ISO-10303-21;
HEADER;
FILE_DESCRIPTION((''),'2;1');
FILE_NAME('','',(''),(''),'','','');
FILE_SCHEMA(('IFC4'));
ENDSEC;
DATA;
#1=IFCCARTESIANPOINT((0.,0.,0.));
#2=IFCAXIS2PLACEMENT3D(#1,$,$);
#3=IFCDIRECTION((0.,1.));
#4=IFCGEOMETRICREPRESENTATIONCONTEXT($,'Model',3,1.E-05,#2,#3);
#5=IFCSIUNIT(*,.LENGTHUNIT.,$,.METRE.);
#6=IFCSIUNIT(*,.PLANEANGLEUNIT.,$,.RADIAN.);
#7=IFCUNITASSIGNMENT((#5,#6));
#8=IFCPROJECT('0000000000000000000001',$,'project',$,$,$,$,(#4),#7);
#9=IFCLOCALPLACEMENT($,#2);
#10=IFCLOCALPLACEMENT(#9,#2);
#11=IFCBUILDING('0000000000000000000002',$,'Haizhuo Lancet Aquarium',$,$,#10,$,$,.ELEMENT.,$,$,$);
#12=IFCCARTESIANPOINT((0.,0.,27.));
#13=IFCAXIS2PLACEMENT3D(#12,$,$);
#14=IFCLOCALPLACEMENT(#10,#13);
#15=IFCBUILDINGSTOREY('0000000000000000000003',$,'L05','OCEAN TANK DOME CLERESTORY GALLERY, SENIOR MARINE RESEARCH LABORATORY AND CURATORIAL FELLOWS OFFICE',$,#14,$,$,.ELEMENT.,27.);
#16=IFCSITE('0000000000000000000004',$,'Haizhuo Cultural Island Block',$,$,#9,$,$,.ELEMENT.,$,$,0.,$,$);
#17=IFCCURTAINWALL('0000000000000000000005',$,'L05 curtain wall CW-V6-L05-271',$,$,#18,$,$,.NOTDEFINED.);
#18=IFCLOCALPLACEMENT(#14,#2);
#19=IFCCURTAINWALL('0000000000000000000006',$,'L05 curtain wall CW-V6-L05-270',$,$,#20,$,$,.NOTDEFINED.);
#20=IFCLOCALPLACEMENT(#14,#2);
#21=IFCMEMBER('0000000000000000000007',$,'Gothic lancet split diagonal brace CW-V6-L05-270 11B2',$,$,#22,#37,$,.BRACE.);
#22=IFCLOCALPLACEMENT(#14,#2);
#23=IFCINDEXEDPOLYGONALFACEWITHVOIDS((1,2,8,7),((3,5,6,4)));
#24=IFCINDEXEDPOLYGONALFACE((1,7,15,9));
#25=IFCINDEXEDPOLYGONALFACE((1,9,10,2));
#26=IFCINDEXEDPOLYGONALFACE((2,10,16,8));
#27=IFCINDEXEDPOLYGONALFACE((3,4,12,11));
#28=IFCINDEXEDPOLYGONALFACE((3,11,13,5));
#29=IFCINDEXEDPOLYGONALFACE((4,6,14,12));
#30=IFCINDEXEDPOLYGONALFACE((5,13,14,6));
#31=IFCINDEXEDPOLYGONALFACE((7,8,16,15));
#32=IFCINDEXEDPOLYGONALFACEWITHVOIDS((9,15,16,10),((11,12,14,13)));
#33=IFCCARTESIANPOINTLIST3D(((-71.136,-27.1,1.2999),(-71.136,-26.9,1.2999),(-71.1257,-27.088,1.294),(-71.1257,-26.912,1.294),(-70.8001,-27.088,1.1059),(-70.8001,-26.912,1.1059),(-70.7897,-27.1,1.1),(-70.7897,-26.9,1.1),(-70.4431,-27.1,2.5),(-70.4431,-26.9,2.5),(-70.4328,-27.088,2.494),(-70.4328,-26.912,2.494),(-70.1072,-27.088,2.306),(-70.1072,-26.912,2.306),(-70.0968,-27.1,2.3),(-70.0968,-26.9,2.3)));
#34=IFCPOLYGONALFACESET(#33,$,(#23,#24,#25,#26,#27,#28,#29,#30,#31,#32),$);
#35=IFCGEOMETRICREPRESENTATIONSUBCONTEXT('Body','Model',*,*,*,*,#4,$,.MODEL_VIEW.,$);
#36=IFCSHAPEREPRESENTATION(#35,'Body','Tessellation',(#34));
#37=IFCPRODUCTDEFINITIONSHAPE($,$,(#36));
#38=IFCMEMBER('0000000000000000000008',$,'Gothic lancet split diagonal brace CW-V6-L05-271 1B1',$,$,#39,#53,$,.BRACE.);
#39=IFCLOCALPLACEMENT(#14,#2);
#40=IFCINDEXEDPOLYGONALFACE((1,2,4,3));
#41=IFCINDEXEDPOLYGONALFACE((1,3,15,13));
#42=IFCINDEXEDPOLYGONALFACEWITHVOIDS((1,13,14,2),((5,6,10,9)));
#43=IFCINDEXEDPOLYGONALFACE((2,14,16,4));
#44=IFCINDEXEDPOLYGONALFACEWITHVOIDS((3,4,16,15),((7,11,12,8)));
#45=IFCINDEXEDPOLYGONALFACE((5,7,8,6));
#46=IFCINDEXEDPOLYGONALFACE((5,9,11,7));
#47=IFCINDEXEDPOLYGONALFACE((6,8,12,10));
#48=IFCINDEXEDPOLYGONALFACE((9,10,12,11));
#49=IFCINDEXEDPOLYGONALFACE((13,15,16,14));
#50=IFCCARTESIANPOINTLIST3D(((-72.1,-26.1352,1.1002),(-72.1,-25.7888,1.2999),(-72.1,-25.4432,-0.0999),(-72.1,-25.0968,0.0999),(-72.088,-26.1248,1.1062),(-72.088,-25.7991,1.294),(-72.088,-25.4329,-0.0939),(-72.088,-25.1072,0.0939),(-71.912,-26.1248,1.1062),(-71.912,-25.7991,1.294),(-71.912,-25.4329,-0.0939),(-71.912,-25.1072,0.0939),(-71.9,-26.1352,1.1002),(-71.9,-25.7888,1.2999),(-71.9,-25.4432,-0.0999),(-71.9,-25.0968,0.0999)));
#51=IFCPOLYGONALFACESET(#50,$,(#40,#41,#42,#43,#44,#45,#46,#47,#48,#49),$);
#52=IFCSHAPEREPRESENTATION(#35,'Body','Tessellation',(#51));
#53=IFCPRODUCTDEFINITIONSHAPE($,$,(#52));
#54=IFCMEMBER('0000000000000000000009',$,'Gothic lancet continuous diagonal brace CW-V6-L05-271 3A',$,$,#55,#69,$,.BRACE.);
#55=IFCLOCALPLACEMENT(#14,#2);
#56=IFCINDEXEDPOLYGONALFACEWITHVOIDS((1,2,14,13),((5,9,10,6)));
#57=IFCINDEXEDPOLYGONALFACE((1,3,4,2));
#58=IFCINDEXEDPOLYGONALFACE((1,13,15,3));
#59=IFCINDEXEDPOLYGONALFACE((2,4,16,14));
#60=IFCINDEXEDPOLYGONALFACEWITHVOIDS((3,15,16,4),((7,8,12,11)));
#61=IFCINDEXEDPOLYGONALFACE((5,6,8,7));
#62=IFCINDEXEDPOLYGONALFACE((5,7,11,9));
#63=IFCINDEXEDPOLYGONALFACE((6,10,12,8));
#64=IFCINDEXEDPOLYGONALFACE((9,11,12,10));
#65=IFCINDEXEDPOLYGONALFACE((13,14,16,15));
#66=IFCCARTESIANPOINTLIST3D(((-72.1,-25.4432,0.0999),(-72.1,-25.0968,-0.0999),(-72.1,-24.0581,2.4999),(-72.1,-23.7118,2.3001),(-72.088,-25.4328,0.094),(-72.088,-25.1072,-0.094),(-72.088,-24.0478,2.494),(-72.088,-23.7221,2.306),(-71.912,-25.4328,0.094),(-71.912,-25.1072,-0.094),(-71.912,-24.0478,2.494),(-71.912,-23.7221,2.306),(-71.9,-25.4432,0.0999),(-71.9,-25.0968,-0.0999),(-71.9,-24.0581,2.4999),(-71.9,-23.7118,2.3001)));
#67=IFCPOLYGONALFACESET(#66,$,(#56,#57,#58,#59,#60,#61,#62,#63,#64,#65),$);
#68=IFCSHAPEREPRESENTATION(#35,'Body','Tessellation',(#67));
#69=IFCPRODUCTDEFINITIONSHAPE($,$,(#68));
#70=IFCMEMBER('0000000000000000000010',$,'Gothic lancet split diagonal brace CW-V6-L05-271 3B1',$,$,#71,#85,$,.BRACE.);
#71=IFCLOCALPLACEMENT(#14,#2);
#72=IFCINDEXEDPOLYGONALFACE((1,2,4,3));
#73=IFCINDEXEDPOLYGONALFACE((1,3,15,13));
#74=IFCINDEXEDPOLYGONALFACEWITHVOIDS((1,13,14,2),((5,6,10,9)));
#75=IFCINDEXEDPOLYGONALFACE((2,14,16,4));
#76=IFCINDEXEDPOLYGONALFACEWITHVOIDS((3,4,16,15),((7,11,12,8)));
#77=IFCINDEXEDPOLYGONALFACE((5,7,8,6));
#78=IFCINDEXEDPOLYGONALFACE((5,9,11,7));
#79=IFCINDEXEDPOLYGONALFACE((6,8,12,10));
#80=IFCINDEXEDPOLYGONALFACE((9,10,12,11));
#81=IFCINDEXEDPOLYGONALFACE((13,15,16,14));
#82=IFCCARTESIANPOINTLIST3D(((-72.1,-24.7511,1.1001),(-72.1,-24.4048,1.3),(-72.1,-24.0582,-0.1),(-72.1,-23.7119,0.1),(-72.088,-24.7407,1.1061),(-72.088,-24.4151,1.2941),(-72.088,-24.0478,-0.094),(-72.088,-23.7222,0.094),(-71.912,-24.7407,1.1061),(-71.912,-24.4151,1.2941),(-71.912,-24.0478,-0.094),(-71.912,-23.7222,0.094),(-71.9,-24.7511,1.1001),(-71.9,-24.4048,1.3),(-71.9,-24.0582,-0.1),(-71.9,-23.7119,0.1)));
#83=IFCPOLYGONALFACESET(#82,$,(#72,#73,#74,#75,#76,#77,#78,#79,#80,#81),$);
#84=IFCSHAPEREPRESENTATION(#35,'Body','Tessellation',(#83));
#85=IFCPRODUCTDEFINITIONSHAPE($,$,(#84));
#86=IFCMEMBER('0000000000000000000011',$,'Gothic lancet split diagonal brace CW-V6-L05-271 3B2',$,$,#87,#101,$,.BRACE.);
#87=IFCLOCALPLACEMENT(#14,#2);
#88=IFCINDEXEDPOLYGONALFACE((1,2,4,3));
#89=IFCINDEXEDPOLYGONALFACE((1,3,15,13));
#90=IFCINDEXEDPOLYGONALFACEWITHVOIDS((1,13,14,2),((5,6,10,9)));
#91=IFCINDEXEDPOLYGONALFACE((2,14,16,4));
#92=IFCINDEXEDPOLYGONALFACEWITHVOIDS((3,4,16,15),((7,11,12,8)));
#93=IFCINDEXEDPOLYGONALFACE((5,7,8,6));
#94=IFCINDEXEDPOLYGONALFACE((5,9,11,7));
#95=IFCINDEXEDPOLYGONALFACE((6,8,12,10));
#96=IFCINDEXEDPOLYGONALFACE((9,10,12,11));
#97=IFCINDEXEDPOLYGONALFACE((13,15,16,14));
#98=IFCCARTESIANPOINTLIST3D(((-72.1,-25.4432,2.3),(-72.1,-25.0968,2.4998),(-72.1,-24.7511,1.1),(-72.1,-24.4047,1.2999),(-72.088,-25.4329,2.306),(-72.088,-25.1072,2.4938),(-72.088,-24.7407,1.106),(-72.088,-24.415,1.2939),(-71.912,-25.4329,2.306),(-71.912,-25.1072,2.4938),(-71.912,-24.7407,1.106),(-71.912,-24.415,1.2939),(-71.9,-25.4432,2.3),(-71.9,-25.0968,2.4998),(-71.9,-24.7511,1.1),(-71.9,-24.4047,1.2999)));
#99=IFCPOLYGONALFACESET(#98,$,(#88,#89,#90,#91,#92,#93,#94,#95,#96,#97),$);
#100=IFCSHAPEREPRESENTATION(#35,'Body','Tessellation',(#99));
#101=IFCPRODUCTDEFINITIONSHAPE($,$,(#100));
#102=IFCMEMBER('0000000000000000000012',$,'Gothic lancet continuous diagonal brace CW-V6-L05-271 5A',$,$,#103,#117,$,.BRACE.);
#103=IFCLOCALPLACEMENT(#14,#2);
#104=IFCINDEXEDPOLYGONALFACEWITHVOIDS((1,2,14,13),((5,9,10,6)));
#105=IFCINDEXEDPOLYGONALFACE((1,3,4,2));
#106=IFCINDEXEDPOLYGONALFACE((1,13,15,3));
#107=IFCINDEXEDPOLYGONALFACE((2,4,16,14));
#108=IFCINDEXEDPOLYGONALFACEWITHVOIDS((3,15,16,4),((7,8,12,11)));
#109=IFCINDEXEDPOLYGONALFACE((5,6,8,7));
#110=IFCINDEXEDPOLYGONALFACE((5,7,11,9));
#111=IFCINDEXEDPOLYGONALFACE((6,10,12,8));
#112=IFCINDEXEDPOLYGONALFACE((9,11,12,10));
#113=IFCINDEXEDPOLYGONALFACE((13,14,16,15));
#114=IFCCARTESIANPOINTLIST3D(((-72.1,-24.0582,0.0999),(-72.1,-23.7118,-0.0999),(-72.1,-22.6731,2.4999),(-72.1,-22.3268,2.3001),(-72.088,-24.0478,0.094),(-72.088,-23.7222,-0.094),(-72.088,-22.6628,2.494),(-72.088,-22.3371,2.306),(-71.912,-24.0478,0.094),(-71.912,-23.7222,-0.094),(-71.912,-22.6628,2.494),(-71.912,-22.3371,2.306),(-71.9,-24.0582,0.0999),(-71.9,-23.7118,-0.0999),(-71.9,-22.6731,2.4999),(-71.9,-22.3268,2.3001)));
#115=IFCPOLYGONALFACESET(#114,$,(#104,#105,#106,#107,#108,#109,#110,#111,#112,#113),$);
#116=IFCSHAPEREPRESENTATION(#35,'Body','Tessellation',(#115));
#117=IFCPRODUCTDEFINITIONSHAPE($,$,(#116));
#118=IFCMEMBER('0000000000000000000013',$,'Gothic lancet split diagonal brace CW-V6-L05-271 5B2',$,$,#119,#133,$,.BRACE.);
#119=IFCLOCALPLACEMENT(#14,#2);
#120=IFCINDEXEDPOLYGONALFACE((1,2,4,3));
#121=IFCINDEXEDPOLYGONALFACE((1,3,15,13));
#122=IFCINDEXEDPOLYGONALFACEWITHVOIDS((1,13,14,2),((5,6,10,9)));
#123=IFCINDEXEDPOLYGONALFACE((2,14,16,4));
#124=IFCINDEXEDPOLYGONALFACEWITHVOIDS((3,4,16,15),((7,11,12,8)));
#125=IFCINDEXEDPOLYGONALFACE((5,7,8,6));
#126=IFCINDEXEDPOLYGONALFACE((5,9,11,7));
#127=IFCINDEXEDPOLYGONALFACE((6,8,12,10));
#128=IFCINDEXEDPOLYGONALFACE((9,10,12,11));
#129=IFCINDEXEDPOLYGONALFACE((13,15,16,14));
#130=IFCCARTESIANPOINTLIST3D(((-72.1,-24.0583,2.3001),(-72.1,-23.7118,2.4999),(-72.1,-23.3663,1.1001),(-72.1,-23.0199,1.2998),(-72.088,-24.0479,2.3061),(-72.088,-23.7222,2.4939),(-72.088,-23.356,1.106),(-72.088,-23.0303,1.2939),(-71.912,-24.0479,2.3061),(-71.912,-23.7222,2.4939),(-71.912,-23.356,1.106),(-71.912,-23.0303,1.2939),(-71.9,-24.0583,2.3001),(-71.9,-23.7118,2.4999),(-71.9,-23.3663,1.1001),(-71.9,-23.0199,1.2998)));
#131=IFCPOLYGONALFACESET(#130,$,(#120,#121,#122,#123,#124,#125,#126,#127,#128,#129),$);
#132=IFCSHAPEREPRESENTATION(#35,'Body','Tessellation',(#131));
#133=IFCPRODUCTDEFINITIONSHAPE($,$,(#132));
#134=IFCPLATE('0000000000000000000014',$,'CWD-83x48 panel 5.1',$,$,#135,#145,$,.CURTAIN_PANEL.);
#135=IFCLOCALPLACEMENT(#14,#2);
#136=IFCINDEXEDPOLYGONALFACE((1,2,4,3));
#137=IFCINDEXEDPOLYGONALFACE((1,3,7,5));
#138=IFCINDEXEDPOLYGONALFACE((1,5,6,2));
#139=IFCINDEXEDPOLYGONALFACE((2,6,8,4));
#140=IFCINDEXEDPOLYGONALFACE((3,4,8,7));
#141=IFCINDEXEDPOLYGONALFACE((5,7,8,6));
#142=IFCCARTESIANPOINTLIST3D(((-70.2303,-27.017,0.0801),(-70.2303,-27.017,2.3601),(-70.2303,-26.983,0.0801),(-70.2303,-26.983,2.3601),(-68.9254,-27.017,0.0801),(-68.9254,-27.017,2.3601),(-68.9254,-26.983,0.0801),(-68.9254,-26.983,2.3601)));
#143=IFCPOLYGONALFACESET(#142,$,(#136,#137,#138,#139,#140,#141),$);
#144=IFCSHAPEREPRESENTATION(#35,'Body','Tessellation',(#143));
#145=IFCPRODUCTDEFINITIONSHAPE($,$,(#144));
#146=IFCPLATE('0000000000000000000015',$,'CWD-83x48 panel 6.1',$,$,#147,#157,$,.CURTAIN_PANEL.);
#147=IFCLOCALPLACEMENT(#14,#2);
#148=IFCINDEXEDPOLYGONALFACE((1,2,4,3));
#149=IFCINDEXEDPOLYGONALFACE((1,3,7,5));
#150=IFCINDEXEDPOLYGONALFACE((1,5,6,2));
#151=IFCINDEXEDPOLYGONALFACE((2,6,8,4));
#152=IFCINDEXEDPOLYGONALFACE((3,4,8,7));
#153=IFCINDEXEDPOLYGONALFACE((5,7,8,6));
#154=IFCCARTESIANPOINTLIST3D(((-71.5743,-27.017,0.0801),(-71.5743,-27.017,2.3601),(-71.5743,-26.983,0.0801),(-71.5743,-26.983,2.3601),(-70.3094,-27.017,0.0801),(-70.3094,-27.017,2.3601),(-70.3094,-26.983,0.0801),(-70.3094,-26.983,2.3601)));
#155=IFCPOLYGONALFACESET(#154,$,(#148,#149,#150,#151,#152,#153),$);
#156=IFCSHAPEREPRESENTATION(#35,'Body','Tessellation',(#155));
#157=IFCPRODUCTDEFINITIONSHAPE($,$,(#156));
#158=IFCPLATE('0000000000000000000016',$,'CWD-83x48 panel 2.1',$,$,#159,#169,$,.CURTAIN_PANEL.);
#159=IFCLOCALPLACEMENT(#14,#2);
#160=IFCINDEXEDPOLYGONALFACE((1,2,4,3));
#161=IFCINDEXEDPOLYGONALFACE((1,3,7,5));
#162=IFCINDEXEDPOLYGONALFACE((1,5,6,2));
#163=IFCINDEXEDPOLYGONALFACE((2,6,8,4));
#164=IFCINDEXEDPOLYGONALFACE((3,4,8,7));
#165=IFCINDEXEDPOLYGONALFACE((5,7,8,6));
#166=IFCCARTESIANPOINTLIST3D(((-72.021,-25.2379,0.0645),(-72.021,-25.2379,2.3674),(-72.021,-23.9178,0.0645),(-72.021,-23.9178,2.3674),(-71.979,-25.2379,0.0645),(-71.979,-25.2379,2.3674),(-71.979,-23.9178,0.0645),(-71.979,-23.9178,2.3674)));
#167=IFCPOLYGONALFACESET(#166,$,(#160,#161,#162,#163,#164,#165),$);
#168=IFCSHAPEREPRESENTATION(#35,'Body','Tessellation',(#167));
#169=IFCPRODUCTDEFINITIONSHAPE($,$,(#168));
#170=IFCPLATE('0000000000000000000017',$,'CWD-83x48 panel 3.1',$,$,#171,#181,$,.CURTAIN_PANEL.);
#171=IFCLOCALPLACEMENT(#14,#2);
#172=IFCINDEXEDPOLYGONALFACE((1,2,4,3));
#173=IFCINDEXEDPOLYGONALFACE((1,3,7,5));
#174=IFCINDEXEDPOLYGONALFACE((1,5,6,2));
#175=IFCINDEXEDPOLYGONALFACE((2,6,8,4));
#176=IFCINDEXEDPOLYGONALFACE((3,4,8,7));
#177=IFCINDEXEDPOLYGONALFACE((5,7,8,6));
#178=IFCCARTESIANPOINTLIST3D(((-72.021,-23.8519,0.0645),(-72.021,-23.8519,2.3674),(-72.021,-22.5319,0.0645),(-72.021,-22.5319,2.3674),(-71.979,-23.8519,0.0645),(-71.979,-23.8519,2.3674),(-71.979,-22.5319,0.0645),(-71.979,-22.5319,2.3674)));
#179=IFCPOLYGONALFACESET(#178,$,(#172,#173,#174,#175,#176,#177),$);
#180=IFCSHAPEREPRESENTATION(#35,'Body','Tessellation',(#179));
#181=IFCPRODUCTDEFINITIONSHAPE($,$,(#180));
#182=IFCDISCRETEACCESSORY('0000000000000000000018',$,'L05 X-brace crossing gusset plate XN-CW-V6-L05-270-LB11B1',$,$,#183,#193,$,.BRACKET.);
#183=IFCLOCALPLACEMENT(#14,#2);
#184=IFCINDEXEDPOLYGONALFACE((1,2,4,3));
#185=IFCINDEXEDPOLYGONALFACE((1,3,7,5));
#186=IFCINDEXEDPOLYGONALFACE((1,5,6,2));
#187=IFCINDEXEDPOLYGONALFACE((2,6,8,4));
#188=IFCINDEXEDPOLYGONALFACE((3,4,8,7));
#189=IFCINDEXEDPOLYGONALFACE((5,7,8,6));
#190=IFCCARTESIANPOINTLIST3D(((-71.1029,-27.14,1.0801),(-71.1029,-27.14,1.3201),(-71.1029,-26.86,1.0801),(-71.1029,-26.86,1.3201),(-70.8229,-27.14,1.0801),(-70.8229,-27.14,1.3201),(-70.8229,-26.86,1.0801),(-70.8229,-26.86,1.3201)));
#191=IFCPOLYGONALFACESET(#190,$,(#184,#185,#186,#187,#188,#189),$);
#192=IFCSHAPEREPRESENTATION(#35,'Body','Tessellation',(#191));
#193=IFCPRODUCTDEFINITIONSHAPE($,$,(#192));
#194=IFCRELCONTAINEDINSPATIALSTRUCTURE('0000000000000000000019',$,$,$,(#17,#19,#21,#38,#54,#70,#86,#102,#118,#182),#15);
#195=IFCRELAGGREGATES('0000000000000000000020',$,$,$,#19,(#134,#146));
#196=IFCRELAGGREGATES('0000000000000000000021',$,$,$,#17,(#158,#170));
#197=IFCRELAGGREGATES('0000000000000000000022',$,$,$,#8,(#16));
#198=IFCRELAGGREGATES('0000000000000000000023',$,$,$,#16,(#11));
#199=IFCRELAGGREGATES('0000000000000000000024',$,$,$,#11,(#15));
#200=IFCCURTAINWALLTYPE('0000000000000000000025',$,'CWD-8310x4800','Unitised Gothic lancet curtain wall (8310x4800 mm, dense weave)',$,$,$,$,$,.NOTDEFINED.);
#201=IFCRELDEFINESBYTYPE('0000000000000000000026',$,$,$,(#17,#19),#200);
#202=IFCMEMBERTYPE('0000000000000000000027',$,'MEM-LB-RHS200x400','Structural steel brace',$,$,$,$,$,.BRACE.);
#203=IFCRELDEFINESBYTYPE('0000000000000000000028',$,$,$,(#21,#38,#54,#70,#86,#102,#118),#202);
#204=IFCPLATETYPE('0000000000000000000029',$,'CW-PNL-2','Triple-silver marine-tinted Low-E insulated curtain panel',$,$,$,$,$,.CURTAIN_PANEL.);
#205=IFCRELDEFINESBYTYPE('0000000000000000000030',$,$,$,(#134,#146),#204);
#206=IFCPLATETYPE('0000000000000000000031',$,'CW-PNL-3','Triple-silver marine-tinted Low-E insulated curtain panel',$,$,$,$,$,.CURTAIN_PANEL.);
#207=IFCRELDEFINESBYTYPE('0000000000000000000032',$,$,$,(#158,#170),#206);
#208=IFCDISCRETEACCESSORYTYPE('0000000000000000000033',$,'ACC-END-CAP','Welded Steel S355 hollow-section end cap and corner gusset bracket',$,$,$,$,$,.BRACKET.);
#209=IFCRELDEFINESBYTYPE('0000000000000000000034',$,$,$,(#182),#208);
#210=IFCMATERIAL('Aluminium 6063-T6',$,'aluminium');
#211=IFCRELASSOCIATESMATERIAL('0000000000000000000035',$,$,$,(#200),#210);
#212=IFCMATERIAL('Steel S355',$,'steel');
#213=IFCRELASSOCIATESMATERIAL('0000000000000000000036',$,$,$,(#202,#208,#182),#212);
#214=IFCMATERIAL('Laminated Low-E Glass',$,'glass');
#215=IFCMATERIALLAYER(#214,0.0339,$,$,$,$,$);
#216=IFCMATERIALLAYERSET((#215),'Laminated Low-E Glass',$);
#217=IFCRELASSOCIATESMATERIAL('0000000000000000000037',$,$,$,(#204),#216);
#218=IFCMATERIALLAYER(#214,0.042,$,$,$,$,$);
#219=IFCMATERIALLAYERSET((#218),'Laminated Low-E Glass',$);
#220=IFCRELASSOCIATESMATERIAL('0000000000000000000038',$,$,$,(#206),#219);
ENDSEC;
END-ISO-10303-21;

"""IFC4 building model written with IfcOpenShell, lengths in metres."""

from ifc_helpers import new_model, si_unit, direction, frame, origin, origin_2d, place, context, subcontext, project, spatial, rectangle, hollow_rectangle, extrude, material, layer, layer_set, material_profile, profile_set, type_object, element, aggregate, save


model = new_model("IFC4")

# Units and contexts
model_context = context("Model", 3, precision=1e-05, world=origin(), true_north=direction((0.0, 1.0)))
body_context = subcontext(model_context, "Body", "Model", "MODEL_VIEW")
ifc_project = project(units=[si_unit("LENGTHUNIT", "METRE"), si_unit("PLANEANGLEUNIT", "RADIAN")], contexts=[model_context])

# Site, building, storey
site_placement = place(None, origin())
site = spatial("IfcSite", under=ifc_project, at=site_placement, Name="Haizhuo Cultural Island Block", CompositionType="ELEMENT", RefElevation=0.0)
building_placement = place(site_placement, origin())
building = spatial("IfcBuilding", under=site, at=building_placement, Name="Haizhuo Lancet Aquarium", CompositionType="ELEMENT")
storey_placement = place(building_placement, frame((0.0, 0.0, 27.0)))
storey = spatial("IfcBuildingStorey", under=building, at=storey_placement, Name="L05", Description="OCEAN TANK DOME CLERESTORY GALLERY, SENIOR MARINE RESEARCH LABORATORY AND CURATORIAL FELLOWS OFFICE", CompositionType="ELEMENT", Elevation=27.0)

# Curtain wall
ifc_material_1 = material(Name="Aluminium 6063-T6", Category="aluminium")
curtain_wall_type = type_object("IfcCurtainWallType", Name="CWD-8310x4800", Description="Unitised Gothic lancet curtain wall (8310x4800 mm, dense weave)", PredefinedType="NOTDEFINED", material=ifc_material_1)
curtain_wall_1_placement = place(storey_placement, origin())
curtain_wall_1 = element("IfcCurtainWall", 1, at=curtain_wall_1_placement, inside=storey, type_object=curtain_wall_type, Name="L05 curtain wall CW-V6-L05-271", PredefinedType="NOTDEFINED")

# Curtain wall
curtain_wall_2_placement = place(storey_placement, origin())
curtain_wall_2 = element("IfcCurtainWall", 2, at=curtain_wall_2_placement, inside=storey, type_object=curtain_wall_type, Name="L05 curtain wall CW-V6-L05-270", PredefinedType="NOTDEFINED")

# Members
ifc_material_2 = material(Name="Steel S355", Category="steel")
ifc_material_profile_1 = material_profile(ifc_material_2, hollow_rectangle(XDim=0.2, YDim=0.3999, WallThickness=0.012, at=origin_2d()), Name="RHS 200x400x12")
ifc_profile_set_1 = profile_set([ifc_material_profile_1], Name="Steel S355")
member_type_1 = type_object("IfcMemberType", Name="MEM-LB-RHS200x400", Description="Structural steel brace", PredefinedType="BRACE", material=ifc_profile_set_1)
member_1_placement = place(storey_placement, frame((-70.9629, -27.0, 1.2), z_axis=(0.500043, 0.0, 0.866001), x_axis=(0.0, 1.0, 0.0)))
element("IfcMember", 3, at=member_1_placement, inside=storey, type_object=member_type_1, Name="Gothic lancet split diagonal brace CW-V6-L05-270 11B2", PredefinedType="BRACE", context=body_context, shape_type="SweptSolid", body=[
    extrude(hollow_rectangle(XDim=0.2, YDim=0.3999, WallThickness=0.012, at=origin_2d()), origin(), (0.0, 0.0, 1.0), 1.3857),
])
member_2_placement = place(storey_placement, frame((-72.0, -25.27, 0.0), z_axis=(0.0, -0.499514, 0.866306), x_axis=(1.0, 0.0, 0.0)))
element("IfcMember", 4, at=member_2_placement, inside=storey, type_object=member_type_1, Name="Gothic lancet split diagonal brace CW-V6-L05-271 1B1", PredefinedType="BRACE", context=body_context, shape_type="SweptSolid", body=[
    extrude(hollow_rectangle(XDim=0.2, YDim=0.3999, WallThickness=0.012, at=origin_2d()), origin(), (0.0, 0.0, 1.0), 1.3853),
])
member_3_placement = place(storey_placement, frame((-72.0, -25.27, 0.0), z_axis=(0.0, 0.499844, 0.866115), x_axis=(-1.0, 0.0, 0.0)))
element("IfcMember", 5, at=member_3_placement, inside=storey, type_object=member_type_1, Name="Gothic lancet continuous diagonal brace CW-V6-L05-271 3A", PredefinedType="BRACE", context=body_context, shape_type="SweptSolid", body=[
    extrude(hollow_rectangle(XDim=0.2, YDim=0.3999, WallThickness=0.012, at=origin_2d()), origin(), (0.0, 0.0, 1.0), 2.771),
])
member_4_placement = place(storey_placement, frame((-72.0, -23.885, 0.0), z_axis=(0.0, -0.500043, 0.866001), x_axis=(1.0, 0.0, 0.0)))
element("IfcMember", 6, at=member_4_placement, inside=storey, type_object=member_type_1, Name="Gothic lancet split diagonal brace CW-V6-L05-271 3B1", PredefinedType="BRACE", context=body_context, shape_type="SweptSolid", body=[
    extrude(hollow_rectangle(XDim=0.2, YDim=0.3999, WallThickness=0.012, at=origin_2d()), origin(), (0.0, 0.0, 1.0), 1.3857),
])
member_5_placement = place(storey_placement, frame((-72.0, -24.5779, 1.2), z_axis=(0.0, -0.499646, 0.86623), x_axis=(1.0, 0.0, 0.0)))
element("IfcMember", 7, at=member_5_placement, inside=storey, type_object=member_type_1, Name="Gothic lancet split diagonal brace CW-V6-L05-271 3B2", PredefinedType="BRACE", context=body_context, shape_type="SweptSolid", body=[
    extrude(hollow_rectangle(XDim=0.2, YDim=0.3999, WallThickness=0.012, at=origin_2d()), origin(), (0.0, 0.0, 1.0), 1.3853),
])
member_6_placement = place(storey_placement, frame((-72.0, -23.885, 0.0), z_axis=(0.0, 0.499844, 0.866115), x_axis=(-1.0, 0.0, 0.0)))
element("IfcMember", 8, at=member_6_placement, inside=storey, type_object=member_type_1, Name="Gothic lancet continuous diagonal brace CW-V6-L05-271 5A", PredefinedType="BRACE", context=body_context, shape_type="SweptSolid", body=[
    extrude(hollow_rectangle(XDim=0.2, YDim=0.3999, WallThickness=0.012, at=origin_2d()), origin(), (0.0, 0.0, 1.0), 2.771),
])
member_7_placement = place(storey_placement, frame((-72.0, -23.1931, 1.2), z_axis=(0.0, -0.499514, 0.866306), x_axis=(1.0, 0.0, 0.0)))
element("IfcMember", 9, at=member_7_placement, inside=storey, type_object=member_type_1, Name="Gothic lancet split diagonal brace CW-V6-L05-271 5B2", PredefinedType="BRACE", context=body_context, shape_type="SweptSolid", body=[
    extrude(hollow_rectangle(XDim=0.2, YDim=0.3999, WallThickness=0.012, at=origin_2d()), origin(), (0.0, 0.0, 1.0), 1.3853),
])

# Plates
ifc_material_3 = material(Name="Laminated Low-E Glass", Category="glass")
ifc_layer_1 = layer(ifc_material_3, 0.0339)
ifc_layer_set_1 = layer_set([ifc_layer_1], Name="Laminated Low-E Glass")
plate_type_1 = type_object("IfcPlateType", Name="CW-PNL-2", Description="Triple-silver marine-tinted Low-E insulated curtain panel", PredefinedType="CURTAIN_PANEL", material=ifc_layer_set_1)
plate_1_placement = place(storey_placement, frame((-69.5779, -27.0, 0.0801), z_axis=(0.0, 0.0, 1.0), x_axis=(-1.0, 0.0, 0.0)))
plate_1 = element("IfcPlate", 10, at=plate_1_placement, type_object=plate_type_1, Name="CWD-83x48 panel 5.1", PredefinedType="CURTAIN_PANEL", context=body_context, shape_type="SweptSolid", body=[
    extrude(rectangle(XDim=1.3049, YDim=0.0339, at=origin_2d()), origin(), (0.0, 0.0, 1.0), 2.28),
])
plate_2_placement = place(storey_placement, frame((-70.9419, -27.0, 0.0801), z_axis=(0.0, 0.0, 1.0), x_axis=(-1.0, 0.0, 0.0)))
plate_2 = element("IfcPlate", 11, at=plate_2_placement, type_object=plate_type_1, Name="CWD-83x48 panel 6.1", PredefinedType="CURTAIN_PANEL", context=body_context, shape_type="SweptSolid", body=[
    extrude(rectangle(XDim=1.2649, YDim=0.0339, at=origin_2d()), origin(), (0.0, 0.0, 1.0), 2.28),
])
aggregate(curtain_wall_2, [plate_1, plate_2])
ifc_layer_2 = layer(ifc_material_3, 0.042)
ifc_layer_set_2 = layer_set([ifc_layer_2], Name="Laminated Low-E Glass")
plate_type_2 = type_object("IfcPlateType", Name="CW-PNL-3", Description="Triple-silver marine-tinted Low-E insulated curtain panel", PredefinedType="CURTAIN_PANEL", material=ifc_layer_set_2)
plate_3_placement = place(storey_placement, frame((-72.0, -24.5779, 0.0645), z_axis=(0.0, 0.0, 1.0), x_axis=(0.0, 1.0, 0.0)))
plate_3 = element("IfcPlate", 12, at=plate_3_placement, type_object=plate_type_2, Name="CWD-83x48 panel 2.1", PredefinedType="CURTAIN_PANEL", context=body_context, shape_type="SweptSolid", body=[
    extrude(rectangle(XDim=1.3201, YDim=0.042, at=origin_2d()), origin(), (0.0, 0.0, 1.0), 2.303),
])
plate_4_placement = place(storey_placement, frame((-72.0, -23.1919, 0.0645), z_axis=(0.0, 0.0, 1.0), x_axis=(0.0, 1.0, 0.0)))
plate_4 = element("IfcPlate", 13, at=plate_4_placement, type_object=plate_type_2, Name="CWD-83x48 panel 3.1", PredefinedType="CURTAIN_PANEL", context=body_context, shape_type="SweptSolid", body=[
    extrude(rectangle(XDim=1.3201, YDim=0.042, at=origin_2d()), origin(), (0.0, 0.0, 1.0), 2.303),
])
aggregate(curtain_wall_1, [plate_3, plate_4])

# Discrete accessory
discrete_accessory_type = type_object("IfcDiscreteAccessoryType", Name="ACC-END-CAP", Description="Welded Steel S355 hollow-section end cap and corner gusset bracket", PredefinedType="BRACKET", material=ifc_material_2)
for number, where, z_axis, x_axis, name in (
    (14, (-70.9629, -27.0, 1.0801), (0.0, 0.0, 1.0), (1.0, 0.0, 0.0), "L05 X-brace crossing gusset plate XN-CW-V6-L05-270-LB11B1"),
):
    element("IfcDiscreteAccessory", number, at=place(storey_placement, frame(where, z_axis=z_axis, x_axis=x_axis)), inside=storey, type_object=discrete_accessory_type, material=ifc_material_2, Name=name, PredefinedType="BRACKET", context=body_context, shape_type="SweptSolid", body=[
        extrude(rectangle(XDim=0.28, YDim=0.28, at=origin_2d()), origin(), (0.0, 0.0, 1.0), 0.24),
    ])

save(model, "model.ifc")
